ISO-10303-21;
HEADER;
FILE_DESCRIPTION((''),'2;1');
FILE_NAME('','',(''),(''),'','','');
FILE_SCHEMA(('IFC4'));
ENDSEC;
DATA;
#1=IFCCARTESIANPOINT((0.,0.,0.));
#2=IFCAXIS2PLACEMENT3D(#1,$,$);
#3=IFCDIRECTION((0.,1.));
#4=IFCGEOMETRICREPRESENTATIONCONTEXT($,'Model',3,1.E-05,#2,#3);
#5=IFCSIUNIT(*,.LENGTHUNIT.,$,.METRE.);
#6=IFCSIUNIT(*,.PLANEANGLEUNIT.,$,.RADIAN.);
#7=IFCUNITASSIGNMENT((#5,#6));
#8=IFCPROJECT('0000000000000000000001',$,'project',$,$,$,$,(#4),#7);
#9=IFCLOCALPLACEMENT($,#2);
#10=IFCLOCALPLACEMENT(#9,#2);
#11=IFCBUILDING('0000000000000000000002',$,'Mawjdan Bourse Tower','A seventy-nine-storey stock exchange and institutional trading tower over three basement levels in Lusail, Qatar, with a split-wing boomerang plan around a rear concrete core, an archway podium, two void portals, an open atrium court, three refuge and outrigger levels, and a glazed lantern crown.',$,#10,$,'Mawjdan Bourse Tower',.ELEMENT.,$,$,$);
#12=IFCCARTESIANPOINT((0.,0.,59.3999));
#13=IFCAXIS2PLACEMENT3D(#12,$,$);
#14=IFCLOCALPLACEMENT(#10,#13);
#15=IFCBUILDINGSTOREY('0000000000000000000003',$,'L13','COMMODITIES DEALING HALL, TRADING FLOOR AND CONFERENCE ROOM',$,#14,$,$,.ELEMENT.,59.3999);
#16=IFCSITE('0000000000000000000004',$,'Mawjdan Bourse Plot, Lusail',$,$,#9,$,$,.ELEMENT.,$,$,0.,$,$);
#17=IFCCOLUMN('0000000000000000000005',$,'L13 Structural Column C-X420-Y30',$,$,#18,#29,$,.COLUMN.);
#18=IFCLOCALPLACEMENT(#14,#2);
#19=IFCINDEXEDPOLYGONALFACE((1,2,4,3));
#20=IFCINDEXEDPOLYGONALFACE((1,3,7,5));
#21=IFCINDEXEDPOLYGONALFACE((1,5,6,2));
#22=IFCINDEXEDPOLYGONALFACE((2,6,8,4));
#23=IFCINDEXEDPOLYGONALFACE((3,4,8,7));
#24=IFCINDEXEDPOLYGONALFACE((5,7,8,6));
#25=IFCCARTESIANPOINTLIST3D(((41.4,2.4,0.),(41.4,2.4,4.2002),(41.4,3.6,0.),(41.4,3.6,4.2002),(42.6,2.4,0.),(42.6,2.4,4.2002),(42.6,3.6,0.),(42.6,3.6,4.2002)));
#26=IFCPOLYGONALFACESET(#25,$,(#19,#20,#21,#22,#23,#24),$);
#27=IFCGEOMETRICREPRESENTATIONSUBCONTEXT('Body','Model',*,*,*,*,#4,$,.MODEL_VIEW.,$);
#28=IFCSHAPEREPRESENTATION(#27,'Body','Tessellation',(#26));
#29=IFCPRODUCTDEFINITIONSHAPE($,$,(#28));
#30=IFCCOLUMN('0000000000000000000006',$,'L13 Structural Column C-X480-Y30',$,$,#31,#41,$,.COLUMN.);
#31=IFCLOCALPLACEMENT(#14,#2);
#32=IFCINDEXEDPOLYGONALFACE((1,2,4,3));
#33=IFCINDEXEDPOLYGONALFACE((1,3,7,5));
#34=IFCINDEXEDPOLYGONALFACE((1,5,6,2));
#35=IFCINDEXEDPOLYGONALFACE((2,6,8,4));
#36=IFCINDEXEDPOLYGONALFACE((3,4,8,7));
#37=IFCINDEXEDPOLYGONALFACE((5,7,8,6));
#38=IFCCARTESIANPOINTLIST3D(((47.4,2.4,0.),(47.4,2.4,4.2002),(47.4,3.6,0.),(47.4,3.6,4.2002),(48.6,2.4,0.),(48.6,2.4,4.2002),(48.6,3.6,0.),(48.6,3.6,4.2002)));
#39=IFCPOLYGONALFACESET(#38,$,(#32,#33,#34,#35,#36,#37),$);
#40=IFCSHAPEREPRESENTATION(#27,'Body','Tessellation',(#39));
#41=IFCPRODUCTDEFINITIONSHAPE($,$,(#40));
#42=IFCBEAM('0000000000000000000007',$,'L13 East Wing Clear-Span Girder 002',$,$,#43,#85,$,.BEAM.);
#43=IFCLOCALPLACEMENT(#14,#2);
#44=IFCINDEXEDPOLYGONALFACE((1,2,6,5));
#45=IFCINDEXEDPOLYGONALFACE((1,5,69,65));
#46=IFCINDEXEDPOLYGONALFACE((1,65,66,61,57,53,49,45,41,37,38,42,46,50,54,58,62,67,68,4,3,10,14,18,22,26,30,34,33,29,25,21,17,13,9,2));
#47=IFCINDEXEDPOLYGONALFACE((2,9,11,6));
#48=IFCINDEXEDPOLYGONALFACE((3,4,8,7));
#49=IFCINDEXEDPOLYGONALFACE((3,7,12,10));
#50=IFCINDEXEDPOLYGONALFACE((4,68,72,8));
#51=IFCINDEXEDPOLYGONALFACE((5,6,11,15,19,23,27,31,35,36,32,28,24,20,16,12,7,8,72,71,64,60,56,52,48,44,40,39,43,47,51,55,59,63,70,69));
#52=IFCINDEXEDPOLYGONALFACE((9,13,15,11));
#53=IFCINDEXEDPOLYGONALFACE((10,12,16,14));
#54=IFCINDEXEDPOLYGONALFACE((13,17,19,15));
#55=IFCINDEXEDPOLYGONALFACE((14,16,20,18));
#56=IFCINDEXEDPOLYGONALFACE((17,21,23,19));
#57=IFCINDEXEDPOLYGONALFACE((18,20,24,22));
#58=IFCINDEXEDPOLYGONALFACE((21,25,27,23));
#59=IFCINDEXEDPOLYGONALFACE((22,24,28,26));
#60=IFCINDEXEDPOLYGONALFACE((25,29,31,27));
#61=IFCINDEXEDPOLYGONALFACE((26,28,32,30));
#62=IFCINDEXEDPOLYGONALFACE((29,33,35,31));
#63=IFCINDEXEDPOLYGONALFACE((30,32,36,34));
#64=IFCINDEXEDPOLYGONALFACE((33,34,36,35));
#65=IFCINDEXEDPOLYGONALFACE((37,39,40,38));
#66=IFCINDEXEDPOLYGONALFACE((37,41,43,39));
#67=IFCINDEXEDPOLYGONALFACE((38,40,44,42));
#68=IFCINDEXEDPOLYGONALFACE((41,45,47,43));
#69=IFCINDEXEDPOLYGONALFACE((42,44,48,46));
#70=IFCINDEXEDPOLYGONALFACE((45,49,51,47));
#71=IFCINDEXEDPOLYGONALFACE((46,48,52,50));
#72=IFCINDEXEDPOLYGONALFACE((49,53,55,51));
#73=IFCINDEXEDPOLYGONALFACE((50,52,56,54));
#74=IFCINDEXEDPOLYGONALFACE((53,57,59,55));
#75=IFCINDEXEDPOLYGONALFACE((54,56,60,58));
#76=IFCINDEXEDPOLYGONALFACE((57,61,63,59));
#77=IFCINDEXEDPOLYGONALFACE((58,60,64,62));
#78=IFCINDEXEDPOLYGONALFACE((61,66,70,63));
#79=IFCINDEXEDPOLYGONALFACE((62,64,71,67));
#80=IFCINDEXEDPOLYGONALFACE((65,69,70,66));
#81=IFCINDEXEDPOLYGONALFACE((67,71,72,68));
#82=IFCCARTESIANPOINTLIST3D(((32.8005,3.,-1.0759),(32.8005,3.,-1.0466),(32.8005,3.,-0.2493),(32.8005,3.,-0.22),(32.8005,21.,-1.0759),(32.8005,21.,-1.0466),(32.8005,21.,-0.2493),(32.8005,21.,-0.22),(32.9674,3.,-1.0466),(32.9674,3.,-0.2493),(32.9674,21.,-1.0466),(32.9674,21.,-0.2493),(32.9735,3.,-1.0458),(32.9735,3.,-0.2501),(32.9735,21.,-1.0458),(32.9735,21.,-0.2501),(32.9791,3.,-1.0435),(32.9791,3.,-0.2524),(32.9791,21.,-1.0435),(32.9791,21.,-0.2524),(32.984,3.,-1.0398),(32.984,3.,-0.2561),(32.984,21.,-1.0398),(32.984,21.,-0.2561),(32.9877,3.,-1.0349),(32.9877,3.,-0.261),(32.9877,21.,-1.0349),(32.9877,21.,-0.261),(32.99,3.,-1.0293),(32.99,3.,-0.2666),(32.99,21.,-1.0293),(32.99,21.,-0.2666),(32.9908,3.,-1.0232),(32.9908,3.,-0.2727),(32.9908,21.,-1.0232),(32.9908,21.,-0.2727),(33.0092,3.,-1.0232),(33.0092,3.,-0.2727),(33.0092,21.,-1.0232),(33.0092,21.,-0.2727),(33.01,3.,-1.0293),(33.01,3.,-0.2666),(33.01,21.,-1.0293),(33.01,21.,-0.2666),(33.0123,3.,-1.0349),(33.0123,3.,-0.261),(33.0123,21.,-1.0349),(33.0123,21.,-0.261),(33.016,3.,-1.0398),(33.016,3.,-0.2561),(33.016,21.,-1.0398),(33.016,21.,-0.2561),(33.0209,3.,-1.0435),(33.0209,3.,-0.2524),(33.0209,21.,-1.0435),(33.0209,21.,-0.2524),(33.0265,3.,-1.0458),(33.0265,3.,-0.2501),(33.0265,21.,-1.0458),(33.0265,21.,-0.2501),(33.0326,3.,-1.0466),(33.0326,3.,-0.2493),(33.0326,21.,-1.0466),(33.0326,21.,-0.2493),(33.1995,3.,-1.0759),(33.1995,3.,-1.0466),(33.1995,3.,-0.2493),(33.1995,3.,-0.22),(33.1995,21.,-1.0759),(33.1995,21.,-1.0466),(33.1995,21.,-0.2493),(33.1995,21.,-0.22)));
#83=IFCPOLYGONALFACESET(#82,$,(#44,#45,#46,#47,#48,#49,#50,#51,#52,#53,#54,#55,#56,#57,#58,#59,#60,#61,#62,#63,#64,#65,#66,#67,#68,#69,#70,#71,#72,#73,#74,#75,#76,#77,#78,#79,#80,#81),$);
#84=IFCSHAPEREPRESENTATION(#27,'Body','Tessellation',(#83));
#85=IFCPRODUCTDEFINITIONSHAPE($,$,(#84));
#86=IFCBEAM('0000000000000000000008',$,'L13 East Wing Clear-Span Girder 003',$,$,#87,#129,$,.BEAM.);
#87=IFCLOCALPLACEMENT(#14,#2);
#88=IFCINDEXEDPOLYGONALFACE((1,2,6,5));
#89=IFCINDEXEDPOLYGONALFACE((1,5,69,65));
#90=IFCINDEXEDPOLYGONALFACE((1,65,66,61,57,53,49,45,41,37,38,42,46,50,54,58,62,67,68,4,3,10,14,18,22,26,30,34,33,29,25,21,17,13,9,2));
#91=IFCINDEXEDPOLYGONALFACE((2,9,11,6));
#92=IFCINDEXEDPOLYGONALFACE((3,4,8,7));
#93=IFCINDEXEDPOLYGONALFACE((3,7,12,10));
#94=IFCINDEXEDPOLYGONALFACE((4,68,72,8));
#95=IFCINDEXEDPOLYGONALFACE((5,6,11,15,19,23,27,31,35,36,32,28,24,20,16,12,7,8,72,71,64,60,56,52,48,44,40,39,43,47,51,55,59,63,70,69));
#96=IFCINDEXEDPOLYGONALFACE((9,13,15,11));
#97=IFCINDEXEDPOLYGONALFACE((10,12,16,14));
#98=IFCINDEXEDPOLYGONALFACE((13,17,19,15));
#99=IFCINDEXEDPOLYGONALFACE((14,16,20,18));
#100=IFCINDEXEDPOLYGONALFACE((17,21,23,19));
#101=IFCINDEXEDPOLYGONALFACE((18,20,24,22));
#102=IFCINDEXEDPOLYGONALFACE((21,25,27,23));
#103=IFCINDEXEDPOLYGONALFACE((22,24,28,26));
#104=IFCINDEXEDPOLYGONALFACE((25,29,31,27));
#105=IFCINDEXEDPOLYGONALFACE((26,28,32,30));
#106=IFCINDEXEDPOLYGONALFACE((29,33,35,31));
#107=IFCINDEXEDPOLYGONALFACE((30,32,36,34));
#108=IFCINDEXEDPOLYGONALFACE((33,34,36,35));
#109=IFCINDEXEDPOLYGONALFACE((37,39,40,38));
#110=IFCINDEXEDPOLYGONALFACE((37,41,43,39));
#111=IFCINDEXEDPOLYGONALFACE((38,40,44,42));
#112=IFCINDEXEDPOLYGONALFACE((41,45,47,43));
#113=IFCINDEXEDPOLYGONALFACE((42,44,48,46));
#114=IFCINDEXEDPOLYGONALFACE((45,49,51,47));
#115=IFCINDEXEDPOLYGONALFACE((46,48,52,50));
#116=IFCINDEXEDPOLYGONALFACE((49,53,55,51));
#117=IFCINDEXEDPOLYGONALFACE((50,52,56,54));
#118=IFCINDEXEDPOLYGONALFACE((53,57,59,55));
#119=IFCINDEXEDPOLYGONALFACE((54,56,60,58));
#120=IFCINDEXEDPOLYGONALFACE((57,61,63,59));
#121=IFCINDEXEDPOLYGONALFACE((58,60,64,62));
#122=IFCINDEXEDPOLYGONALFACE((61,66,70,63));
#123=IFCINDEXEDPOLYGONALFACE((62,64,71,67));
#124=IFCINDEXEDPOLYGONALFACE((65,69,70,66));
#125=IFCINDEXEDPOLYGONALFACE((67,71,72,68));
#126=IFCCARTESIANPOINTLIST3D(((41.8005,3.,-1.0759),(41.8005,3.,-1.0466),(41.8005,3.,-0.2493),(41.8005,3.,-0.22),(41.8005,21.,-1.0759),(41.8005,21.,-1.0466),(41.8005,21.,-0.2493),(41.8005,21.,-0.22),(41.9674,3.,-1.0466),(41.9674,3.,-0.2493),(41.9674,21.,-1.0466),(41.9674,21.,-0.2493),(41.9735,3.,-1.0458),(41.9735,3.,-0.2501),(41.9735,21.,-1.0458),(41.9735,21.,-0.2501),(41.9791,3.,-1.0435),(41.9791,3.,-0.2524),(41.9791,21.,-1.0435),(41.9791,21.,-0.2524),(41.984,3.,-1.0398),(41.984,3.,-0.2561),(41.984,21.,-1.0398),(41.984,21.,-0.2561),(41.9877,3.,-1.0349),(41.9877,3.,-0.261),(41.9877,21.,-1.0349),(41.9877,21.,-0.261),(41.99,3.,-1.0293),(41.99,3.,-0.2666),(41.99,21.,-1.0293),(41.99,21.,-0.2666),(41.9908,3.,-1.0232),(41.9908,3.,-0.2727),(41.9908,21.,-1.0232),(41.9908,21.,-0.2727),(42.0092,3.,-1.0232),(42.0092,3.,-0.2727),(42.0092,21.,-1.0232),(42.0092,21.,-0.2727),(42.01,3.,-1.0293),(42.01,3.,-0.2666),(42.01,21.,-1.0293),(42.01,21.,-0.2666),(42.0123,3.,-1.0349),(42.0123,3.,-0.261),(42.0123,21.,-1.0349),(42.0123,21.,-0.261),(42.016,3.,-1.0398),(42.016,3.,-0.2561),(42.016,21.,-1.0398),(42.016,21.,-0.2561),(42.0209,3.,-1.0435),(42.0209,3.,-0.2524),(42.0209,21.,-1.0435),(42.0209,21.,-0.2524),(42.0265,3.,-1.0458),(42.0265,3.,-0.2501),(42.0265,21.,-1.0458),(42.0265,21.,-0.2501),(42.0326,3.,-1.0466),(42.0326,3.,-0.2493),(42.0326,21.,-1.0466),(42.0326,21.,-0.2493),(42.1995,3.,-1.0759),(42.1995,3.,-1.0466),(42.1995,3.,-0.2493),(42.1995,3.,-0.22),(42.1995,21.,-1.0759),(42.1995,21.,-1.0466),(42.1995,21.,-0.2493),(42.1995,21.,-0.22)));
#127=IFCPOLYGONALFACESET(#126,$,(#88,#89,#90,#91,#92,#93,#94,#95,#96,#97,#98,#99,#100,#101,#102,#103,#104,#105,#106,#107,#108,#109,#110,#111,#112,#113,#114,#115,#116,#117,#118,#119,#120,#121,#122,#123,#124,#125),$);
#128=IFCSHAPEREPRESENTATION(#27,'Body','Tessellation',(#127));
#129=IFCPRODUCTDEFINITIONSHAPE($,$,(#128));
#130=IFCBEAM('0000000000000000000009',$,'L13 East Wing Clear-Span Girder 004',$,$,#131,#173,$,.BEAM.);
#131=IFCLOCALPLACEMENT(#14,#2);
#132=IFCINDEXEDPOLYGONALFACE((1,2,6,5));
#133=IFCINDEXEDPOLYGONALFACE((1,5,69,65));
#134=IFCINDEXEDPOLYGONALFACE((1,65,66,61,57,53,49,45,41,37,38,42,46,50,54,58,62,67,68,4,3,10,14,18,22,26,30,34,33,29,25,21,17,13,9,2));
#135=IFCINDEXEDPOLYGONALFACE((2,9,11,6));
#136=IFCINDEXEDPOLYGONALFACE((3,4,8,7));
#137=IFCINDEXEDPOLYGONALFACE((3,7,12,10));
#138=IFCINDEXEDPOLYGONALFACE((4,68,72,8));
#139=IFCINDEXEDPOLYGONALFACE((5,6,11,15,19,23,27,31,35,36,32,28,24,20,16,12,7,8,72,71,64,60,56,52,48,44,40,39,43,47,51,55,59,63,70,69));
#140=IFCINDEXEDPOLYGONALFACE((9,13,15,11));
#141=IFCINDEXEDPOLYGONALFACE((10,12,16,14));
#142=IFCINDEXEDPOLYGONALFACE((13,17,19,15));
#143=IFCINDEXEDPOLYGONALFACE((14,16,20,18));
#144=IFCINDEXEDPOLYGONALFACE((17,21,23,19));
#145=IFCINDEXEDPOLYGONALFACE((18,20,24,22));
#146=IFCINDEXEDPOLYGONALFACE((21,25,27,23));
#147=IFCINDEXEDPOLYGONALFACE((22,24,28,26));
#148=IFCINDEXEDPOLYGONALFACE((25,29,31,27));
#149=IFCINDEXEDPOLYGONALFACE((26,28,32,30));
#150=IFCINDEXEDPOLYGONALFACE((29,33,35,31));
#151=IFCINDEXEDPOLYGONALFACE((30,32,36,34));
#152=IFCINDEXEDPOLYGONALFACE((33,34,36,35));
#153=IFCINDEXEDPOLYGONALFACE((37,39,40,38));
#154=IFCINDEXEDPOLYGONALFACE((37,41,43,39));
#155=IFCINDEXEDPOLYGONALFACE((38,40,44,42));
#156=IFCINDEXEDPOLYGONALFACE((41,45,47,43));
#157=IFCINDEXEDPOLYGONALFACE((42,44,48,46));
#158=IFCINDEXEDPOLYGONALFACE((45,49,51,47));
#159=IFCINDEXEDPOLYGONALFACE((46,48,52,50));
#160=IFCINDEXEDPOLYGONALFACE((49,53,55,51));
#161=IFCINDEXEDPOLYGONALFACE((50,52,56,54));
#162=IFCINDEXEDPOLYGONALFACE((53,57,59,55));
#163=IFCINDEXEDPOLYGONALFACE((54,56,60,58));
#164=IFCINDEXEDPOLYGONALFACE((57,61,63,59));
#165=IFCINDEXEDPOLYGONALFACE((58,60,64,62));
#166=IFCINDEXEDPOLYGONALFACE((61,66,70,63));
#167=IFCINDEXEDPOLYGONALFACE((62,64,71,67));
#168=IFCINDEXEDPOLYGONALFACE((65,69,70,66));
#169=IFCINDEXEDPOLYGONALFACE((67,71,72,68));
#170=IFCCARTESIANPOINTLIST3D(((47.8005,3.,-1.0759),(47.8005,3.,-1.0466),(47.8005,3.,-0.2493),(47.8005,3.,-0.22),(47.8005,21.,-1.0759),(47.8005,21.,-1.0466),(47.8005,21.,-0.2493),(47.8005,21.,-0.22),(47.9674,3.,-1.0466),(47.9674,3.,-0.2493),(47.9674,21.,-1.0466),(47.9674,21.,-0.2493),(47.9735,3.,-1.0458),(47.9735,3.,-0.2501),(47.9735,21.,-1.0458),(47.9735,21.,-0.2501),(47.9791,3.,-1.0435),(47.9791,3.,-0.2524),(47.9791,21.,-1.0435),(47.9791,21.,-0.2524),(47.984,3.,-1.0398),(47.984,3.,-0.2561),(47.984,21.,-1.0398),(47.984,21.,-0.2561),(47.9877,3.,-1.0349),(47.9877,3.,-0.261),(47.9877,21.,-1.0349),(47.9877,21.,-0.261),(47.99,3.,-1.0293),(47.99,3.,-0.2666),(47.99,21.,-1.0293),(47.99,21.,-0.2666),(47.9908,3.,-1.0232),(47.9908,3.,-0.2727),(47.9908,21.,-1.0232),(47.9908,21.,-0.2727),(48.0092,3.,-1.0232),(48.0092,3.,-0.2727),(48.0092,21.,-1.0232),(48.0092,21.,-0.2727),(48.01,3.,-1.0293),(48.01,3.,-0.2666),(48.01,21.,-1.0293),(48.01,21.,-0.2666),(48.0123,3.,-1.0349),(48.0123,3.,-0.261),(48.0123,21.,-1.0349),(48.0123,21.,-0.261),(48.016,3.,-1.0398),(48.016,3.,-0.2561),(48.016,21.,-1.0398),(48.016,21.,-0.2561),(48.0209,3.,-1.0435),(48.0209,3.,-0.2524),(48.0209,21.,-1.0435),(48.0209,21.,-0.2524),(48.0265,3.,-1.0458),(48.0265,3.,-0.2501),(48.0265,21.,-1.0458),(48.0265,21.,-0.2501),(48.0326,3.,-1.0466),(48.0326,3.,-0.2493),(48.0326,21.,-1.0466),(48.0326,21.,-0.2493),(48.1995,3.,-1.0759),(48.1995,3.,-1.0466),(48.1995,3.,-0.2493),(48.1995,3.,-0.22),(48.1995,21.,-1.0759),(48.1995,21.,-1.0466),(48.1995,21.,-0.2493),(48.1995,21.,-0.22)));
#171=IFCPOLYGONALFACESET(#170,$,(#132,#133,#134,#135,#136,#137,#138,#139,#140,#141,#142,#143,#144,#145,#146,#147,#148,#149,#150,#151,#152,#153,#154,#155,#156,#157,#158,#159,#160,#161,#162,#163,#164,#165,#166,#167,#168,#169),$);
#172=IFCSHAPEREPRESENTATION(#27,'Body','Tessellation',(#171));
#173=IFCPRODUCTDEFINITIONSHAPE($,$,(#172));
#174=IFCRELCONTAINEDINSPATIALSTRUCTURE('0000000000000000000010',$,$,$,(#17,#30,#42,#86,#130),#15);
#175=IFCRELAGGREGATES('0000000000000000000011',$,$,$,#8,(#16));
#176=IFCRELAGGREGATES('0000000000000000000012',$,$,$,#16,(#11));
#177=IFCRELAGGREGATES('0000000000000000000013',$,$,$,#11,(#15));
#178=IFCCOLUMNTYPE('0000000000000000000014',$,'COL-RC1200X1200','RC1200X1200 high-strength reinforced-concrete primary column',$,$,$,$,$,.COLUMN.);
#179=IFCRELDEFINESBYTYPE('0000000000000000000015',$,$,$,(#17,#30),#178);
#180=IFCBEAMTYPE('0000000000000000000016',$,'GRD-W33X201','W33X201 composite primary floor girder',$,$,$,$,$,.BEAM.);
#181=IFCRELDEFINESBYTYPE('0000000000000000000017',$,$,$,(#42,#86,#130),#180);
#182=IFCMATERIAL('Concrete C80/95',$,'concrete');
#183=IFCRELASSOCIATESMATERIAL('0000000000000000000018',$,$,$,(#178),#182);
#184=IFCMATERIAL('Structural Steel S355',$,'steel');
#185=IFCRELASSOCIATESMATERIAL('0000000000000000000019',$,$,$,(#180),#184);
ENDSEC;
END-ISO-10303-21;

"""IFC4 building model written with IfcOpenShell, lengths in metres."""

from ifc_helpers import new_model, si_unit, direction, frame, origin, origin_2d, place, context, subcontext, project, spatial, rectangle, i_section, extrude, material, material_profile, profile_set, type_object, element, save


model = new_model("IFC4")

# Units and contexts
model_context = context("Model", 3, precision=1e-05, world=origin(), true_north=direction((0.0, 1.0)))
body_context = subcontext(model_context, "Body", "Model", "MODEL_VIEW")
ifc_project = project(units=[si_unit("LENGTHUNIT", "METRE"), si_unit("PLANEANGLEUNIT", "RADIAN")], contexts=[model_context])

# Site, building, storey
site_placement = place(None, origin())
site = spatial("IfcSite", under=ifc_project, at=site_placement, Name="Mawjdan Bourse Plot, Lusail", CompositionType="ELEMENT", RefElevation=0.0)
building_placement = place(site_placement, origin())
building = spatial("IfcBuilding", under=site, at=building_placement, Name="Mawjdan Bourse Tower", Description="A seventy-nine-storey stock exchange and institutional trading tower over three basement levels in Lusail, Qatar, with a split-wing boomerang plan around a rear concrete core, an archway podium, two void portals, an open atrium court, three refuge and outrigger levels, and a glazed lantern crown.", LongName="Mawjdan Bourse Tower", CompositionType="ELEMENT")
storey_placement = place(building_placement, frame((0.0, 0.0, 59.3999)))
storey = spatial("IfcBuildingStorey", under=building, at=storey_placement, Name="L13", Description="COMMODITIES DEALING HALL, TRADING FLOOR AND CONFERENCE ROOM", CompositionType="ELEMENT", Elevation=59.3999)

# Columns
ifc_material_1 = material(Name="Concrete C80/95", Category="concrete")
ifc_material_profile_1 = material_profile(ifc_material_1, rectangle(XDim=1.2, YDim=1.2, at=origin_2d()), Name="RC1200X1200")
ifc_profile_set_1 = profile_set([ifc_material_profile_1], Name="Concrete C80/95")
column_type = type_object("IfcColumnType", Name="COL-RC1200X1200", Description="RC1200X1200 high-strength reinforced-concrete primary column", PredefinedType="COLUMN", material=ifc_profile_set_1)
for number, where, z_axis, x_axis, name in (
    (1, (42.0, 3.0, 0.0), (0.0, 0.0, 1.0), (1.0, 0.0, 0.0), "L13 Structural Column C-X420-Y30"),
    (2, (48.0, 3.0, 0.0), (0.0, 0.0, 1.0), (1.0, 0.0, 0.0), "L13 Structural Column C-X480-Y30"),
):
    element("IfcColumn", number, at=place(storey_placement, frame(where, z_axis=z_axis, x_axis=x_axis)), inside=storey, type_object=column_type, Name=name, PredefinedType="COLUMN", context=body_context, shape_type="SweptSolid", body=[
        extrude(rectangle(XDim=1.2, YDim=1.2, at=origin_2d()), origin(), (0.0, 0.0, 1.0), 4.2002),
    ])

# Beams
ifc_material_2 = material(Name="Structural Steel S355", Category="steel")
ifc_material_profile_2 = material_profile(ifc_material_2, i_section(OverallWidth=0.3989, OverallDepth=0.856, WebThickness=0.0183, FlangeThickness=0.0293, FilletRadius=0.0234, at=origin_2d()), Name="W33X201")
ifc_profile_set_2 = profile_set([ifc_material_profile_2], Name="Structural Steel S355")
beam_type_1 = type_object("IfcBeamType", Name="GRD-W33X201", Description="W33X201 composite primary floor girder", PredefinedType="BEAM", material=ifc_profile_set_2)
for number, where, z_axis, x_axis, name in (
    (3, (33.0, 3.0, -0.6479), (0.0, 1.0, 0.0), (-1.0, 0.0, 0.0), "L13 East Wing Clear-Span Girder 002"),
    (4, (42.0, 3.0, -0.6479), (0.0, 1.0, 0.0), (-1.0, 0.0, 0.0), "L13 East Wing Clear-Span Girder 003"),
    (5, (48.0, 3.0, -0.6479), (0.0, 1.0, 0.0), (-1.0, 0.0, 0.0), "L13 East Wing Clear-Span Girder 004"),
):
    element("IfcBeam", number, at=place(storey_placement, frame(where, z_axis=z_axis, x_axis=x_axis)), inside=storey, type_object=beam_type_1, Name=name, PredefinedType="BEAM", context=body_context, shape_type="SweptSolid", body=[
        extrude(i_section(OverallWidth=0.3989, OverallDepth=0.856, WebThickness=0.0183, FlangeThickness=0.0293, FilletRadius=0.0234, at=origin_2d()), origin(), (0.0, 0.0, 1.0), 18.0),
    ])

save(model, "model.ifc")
